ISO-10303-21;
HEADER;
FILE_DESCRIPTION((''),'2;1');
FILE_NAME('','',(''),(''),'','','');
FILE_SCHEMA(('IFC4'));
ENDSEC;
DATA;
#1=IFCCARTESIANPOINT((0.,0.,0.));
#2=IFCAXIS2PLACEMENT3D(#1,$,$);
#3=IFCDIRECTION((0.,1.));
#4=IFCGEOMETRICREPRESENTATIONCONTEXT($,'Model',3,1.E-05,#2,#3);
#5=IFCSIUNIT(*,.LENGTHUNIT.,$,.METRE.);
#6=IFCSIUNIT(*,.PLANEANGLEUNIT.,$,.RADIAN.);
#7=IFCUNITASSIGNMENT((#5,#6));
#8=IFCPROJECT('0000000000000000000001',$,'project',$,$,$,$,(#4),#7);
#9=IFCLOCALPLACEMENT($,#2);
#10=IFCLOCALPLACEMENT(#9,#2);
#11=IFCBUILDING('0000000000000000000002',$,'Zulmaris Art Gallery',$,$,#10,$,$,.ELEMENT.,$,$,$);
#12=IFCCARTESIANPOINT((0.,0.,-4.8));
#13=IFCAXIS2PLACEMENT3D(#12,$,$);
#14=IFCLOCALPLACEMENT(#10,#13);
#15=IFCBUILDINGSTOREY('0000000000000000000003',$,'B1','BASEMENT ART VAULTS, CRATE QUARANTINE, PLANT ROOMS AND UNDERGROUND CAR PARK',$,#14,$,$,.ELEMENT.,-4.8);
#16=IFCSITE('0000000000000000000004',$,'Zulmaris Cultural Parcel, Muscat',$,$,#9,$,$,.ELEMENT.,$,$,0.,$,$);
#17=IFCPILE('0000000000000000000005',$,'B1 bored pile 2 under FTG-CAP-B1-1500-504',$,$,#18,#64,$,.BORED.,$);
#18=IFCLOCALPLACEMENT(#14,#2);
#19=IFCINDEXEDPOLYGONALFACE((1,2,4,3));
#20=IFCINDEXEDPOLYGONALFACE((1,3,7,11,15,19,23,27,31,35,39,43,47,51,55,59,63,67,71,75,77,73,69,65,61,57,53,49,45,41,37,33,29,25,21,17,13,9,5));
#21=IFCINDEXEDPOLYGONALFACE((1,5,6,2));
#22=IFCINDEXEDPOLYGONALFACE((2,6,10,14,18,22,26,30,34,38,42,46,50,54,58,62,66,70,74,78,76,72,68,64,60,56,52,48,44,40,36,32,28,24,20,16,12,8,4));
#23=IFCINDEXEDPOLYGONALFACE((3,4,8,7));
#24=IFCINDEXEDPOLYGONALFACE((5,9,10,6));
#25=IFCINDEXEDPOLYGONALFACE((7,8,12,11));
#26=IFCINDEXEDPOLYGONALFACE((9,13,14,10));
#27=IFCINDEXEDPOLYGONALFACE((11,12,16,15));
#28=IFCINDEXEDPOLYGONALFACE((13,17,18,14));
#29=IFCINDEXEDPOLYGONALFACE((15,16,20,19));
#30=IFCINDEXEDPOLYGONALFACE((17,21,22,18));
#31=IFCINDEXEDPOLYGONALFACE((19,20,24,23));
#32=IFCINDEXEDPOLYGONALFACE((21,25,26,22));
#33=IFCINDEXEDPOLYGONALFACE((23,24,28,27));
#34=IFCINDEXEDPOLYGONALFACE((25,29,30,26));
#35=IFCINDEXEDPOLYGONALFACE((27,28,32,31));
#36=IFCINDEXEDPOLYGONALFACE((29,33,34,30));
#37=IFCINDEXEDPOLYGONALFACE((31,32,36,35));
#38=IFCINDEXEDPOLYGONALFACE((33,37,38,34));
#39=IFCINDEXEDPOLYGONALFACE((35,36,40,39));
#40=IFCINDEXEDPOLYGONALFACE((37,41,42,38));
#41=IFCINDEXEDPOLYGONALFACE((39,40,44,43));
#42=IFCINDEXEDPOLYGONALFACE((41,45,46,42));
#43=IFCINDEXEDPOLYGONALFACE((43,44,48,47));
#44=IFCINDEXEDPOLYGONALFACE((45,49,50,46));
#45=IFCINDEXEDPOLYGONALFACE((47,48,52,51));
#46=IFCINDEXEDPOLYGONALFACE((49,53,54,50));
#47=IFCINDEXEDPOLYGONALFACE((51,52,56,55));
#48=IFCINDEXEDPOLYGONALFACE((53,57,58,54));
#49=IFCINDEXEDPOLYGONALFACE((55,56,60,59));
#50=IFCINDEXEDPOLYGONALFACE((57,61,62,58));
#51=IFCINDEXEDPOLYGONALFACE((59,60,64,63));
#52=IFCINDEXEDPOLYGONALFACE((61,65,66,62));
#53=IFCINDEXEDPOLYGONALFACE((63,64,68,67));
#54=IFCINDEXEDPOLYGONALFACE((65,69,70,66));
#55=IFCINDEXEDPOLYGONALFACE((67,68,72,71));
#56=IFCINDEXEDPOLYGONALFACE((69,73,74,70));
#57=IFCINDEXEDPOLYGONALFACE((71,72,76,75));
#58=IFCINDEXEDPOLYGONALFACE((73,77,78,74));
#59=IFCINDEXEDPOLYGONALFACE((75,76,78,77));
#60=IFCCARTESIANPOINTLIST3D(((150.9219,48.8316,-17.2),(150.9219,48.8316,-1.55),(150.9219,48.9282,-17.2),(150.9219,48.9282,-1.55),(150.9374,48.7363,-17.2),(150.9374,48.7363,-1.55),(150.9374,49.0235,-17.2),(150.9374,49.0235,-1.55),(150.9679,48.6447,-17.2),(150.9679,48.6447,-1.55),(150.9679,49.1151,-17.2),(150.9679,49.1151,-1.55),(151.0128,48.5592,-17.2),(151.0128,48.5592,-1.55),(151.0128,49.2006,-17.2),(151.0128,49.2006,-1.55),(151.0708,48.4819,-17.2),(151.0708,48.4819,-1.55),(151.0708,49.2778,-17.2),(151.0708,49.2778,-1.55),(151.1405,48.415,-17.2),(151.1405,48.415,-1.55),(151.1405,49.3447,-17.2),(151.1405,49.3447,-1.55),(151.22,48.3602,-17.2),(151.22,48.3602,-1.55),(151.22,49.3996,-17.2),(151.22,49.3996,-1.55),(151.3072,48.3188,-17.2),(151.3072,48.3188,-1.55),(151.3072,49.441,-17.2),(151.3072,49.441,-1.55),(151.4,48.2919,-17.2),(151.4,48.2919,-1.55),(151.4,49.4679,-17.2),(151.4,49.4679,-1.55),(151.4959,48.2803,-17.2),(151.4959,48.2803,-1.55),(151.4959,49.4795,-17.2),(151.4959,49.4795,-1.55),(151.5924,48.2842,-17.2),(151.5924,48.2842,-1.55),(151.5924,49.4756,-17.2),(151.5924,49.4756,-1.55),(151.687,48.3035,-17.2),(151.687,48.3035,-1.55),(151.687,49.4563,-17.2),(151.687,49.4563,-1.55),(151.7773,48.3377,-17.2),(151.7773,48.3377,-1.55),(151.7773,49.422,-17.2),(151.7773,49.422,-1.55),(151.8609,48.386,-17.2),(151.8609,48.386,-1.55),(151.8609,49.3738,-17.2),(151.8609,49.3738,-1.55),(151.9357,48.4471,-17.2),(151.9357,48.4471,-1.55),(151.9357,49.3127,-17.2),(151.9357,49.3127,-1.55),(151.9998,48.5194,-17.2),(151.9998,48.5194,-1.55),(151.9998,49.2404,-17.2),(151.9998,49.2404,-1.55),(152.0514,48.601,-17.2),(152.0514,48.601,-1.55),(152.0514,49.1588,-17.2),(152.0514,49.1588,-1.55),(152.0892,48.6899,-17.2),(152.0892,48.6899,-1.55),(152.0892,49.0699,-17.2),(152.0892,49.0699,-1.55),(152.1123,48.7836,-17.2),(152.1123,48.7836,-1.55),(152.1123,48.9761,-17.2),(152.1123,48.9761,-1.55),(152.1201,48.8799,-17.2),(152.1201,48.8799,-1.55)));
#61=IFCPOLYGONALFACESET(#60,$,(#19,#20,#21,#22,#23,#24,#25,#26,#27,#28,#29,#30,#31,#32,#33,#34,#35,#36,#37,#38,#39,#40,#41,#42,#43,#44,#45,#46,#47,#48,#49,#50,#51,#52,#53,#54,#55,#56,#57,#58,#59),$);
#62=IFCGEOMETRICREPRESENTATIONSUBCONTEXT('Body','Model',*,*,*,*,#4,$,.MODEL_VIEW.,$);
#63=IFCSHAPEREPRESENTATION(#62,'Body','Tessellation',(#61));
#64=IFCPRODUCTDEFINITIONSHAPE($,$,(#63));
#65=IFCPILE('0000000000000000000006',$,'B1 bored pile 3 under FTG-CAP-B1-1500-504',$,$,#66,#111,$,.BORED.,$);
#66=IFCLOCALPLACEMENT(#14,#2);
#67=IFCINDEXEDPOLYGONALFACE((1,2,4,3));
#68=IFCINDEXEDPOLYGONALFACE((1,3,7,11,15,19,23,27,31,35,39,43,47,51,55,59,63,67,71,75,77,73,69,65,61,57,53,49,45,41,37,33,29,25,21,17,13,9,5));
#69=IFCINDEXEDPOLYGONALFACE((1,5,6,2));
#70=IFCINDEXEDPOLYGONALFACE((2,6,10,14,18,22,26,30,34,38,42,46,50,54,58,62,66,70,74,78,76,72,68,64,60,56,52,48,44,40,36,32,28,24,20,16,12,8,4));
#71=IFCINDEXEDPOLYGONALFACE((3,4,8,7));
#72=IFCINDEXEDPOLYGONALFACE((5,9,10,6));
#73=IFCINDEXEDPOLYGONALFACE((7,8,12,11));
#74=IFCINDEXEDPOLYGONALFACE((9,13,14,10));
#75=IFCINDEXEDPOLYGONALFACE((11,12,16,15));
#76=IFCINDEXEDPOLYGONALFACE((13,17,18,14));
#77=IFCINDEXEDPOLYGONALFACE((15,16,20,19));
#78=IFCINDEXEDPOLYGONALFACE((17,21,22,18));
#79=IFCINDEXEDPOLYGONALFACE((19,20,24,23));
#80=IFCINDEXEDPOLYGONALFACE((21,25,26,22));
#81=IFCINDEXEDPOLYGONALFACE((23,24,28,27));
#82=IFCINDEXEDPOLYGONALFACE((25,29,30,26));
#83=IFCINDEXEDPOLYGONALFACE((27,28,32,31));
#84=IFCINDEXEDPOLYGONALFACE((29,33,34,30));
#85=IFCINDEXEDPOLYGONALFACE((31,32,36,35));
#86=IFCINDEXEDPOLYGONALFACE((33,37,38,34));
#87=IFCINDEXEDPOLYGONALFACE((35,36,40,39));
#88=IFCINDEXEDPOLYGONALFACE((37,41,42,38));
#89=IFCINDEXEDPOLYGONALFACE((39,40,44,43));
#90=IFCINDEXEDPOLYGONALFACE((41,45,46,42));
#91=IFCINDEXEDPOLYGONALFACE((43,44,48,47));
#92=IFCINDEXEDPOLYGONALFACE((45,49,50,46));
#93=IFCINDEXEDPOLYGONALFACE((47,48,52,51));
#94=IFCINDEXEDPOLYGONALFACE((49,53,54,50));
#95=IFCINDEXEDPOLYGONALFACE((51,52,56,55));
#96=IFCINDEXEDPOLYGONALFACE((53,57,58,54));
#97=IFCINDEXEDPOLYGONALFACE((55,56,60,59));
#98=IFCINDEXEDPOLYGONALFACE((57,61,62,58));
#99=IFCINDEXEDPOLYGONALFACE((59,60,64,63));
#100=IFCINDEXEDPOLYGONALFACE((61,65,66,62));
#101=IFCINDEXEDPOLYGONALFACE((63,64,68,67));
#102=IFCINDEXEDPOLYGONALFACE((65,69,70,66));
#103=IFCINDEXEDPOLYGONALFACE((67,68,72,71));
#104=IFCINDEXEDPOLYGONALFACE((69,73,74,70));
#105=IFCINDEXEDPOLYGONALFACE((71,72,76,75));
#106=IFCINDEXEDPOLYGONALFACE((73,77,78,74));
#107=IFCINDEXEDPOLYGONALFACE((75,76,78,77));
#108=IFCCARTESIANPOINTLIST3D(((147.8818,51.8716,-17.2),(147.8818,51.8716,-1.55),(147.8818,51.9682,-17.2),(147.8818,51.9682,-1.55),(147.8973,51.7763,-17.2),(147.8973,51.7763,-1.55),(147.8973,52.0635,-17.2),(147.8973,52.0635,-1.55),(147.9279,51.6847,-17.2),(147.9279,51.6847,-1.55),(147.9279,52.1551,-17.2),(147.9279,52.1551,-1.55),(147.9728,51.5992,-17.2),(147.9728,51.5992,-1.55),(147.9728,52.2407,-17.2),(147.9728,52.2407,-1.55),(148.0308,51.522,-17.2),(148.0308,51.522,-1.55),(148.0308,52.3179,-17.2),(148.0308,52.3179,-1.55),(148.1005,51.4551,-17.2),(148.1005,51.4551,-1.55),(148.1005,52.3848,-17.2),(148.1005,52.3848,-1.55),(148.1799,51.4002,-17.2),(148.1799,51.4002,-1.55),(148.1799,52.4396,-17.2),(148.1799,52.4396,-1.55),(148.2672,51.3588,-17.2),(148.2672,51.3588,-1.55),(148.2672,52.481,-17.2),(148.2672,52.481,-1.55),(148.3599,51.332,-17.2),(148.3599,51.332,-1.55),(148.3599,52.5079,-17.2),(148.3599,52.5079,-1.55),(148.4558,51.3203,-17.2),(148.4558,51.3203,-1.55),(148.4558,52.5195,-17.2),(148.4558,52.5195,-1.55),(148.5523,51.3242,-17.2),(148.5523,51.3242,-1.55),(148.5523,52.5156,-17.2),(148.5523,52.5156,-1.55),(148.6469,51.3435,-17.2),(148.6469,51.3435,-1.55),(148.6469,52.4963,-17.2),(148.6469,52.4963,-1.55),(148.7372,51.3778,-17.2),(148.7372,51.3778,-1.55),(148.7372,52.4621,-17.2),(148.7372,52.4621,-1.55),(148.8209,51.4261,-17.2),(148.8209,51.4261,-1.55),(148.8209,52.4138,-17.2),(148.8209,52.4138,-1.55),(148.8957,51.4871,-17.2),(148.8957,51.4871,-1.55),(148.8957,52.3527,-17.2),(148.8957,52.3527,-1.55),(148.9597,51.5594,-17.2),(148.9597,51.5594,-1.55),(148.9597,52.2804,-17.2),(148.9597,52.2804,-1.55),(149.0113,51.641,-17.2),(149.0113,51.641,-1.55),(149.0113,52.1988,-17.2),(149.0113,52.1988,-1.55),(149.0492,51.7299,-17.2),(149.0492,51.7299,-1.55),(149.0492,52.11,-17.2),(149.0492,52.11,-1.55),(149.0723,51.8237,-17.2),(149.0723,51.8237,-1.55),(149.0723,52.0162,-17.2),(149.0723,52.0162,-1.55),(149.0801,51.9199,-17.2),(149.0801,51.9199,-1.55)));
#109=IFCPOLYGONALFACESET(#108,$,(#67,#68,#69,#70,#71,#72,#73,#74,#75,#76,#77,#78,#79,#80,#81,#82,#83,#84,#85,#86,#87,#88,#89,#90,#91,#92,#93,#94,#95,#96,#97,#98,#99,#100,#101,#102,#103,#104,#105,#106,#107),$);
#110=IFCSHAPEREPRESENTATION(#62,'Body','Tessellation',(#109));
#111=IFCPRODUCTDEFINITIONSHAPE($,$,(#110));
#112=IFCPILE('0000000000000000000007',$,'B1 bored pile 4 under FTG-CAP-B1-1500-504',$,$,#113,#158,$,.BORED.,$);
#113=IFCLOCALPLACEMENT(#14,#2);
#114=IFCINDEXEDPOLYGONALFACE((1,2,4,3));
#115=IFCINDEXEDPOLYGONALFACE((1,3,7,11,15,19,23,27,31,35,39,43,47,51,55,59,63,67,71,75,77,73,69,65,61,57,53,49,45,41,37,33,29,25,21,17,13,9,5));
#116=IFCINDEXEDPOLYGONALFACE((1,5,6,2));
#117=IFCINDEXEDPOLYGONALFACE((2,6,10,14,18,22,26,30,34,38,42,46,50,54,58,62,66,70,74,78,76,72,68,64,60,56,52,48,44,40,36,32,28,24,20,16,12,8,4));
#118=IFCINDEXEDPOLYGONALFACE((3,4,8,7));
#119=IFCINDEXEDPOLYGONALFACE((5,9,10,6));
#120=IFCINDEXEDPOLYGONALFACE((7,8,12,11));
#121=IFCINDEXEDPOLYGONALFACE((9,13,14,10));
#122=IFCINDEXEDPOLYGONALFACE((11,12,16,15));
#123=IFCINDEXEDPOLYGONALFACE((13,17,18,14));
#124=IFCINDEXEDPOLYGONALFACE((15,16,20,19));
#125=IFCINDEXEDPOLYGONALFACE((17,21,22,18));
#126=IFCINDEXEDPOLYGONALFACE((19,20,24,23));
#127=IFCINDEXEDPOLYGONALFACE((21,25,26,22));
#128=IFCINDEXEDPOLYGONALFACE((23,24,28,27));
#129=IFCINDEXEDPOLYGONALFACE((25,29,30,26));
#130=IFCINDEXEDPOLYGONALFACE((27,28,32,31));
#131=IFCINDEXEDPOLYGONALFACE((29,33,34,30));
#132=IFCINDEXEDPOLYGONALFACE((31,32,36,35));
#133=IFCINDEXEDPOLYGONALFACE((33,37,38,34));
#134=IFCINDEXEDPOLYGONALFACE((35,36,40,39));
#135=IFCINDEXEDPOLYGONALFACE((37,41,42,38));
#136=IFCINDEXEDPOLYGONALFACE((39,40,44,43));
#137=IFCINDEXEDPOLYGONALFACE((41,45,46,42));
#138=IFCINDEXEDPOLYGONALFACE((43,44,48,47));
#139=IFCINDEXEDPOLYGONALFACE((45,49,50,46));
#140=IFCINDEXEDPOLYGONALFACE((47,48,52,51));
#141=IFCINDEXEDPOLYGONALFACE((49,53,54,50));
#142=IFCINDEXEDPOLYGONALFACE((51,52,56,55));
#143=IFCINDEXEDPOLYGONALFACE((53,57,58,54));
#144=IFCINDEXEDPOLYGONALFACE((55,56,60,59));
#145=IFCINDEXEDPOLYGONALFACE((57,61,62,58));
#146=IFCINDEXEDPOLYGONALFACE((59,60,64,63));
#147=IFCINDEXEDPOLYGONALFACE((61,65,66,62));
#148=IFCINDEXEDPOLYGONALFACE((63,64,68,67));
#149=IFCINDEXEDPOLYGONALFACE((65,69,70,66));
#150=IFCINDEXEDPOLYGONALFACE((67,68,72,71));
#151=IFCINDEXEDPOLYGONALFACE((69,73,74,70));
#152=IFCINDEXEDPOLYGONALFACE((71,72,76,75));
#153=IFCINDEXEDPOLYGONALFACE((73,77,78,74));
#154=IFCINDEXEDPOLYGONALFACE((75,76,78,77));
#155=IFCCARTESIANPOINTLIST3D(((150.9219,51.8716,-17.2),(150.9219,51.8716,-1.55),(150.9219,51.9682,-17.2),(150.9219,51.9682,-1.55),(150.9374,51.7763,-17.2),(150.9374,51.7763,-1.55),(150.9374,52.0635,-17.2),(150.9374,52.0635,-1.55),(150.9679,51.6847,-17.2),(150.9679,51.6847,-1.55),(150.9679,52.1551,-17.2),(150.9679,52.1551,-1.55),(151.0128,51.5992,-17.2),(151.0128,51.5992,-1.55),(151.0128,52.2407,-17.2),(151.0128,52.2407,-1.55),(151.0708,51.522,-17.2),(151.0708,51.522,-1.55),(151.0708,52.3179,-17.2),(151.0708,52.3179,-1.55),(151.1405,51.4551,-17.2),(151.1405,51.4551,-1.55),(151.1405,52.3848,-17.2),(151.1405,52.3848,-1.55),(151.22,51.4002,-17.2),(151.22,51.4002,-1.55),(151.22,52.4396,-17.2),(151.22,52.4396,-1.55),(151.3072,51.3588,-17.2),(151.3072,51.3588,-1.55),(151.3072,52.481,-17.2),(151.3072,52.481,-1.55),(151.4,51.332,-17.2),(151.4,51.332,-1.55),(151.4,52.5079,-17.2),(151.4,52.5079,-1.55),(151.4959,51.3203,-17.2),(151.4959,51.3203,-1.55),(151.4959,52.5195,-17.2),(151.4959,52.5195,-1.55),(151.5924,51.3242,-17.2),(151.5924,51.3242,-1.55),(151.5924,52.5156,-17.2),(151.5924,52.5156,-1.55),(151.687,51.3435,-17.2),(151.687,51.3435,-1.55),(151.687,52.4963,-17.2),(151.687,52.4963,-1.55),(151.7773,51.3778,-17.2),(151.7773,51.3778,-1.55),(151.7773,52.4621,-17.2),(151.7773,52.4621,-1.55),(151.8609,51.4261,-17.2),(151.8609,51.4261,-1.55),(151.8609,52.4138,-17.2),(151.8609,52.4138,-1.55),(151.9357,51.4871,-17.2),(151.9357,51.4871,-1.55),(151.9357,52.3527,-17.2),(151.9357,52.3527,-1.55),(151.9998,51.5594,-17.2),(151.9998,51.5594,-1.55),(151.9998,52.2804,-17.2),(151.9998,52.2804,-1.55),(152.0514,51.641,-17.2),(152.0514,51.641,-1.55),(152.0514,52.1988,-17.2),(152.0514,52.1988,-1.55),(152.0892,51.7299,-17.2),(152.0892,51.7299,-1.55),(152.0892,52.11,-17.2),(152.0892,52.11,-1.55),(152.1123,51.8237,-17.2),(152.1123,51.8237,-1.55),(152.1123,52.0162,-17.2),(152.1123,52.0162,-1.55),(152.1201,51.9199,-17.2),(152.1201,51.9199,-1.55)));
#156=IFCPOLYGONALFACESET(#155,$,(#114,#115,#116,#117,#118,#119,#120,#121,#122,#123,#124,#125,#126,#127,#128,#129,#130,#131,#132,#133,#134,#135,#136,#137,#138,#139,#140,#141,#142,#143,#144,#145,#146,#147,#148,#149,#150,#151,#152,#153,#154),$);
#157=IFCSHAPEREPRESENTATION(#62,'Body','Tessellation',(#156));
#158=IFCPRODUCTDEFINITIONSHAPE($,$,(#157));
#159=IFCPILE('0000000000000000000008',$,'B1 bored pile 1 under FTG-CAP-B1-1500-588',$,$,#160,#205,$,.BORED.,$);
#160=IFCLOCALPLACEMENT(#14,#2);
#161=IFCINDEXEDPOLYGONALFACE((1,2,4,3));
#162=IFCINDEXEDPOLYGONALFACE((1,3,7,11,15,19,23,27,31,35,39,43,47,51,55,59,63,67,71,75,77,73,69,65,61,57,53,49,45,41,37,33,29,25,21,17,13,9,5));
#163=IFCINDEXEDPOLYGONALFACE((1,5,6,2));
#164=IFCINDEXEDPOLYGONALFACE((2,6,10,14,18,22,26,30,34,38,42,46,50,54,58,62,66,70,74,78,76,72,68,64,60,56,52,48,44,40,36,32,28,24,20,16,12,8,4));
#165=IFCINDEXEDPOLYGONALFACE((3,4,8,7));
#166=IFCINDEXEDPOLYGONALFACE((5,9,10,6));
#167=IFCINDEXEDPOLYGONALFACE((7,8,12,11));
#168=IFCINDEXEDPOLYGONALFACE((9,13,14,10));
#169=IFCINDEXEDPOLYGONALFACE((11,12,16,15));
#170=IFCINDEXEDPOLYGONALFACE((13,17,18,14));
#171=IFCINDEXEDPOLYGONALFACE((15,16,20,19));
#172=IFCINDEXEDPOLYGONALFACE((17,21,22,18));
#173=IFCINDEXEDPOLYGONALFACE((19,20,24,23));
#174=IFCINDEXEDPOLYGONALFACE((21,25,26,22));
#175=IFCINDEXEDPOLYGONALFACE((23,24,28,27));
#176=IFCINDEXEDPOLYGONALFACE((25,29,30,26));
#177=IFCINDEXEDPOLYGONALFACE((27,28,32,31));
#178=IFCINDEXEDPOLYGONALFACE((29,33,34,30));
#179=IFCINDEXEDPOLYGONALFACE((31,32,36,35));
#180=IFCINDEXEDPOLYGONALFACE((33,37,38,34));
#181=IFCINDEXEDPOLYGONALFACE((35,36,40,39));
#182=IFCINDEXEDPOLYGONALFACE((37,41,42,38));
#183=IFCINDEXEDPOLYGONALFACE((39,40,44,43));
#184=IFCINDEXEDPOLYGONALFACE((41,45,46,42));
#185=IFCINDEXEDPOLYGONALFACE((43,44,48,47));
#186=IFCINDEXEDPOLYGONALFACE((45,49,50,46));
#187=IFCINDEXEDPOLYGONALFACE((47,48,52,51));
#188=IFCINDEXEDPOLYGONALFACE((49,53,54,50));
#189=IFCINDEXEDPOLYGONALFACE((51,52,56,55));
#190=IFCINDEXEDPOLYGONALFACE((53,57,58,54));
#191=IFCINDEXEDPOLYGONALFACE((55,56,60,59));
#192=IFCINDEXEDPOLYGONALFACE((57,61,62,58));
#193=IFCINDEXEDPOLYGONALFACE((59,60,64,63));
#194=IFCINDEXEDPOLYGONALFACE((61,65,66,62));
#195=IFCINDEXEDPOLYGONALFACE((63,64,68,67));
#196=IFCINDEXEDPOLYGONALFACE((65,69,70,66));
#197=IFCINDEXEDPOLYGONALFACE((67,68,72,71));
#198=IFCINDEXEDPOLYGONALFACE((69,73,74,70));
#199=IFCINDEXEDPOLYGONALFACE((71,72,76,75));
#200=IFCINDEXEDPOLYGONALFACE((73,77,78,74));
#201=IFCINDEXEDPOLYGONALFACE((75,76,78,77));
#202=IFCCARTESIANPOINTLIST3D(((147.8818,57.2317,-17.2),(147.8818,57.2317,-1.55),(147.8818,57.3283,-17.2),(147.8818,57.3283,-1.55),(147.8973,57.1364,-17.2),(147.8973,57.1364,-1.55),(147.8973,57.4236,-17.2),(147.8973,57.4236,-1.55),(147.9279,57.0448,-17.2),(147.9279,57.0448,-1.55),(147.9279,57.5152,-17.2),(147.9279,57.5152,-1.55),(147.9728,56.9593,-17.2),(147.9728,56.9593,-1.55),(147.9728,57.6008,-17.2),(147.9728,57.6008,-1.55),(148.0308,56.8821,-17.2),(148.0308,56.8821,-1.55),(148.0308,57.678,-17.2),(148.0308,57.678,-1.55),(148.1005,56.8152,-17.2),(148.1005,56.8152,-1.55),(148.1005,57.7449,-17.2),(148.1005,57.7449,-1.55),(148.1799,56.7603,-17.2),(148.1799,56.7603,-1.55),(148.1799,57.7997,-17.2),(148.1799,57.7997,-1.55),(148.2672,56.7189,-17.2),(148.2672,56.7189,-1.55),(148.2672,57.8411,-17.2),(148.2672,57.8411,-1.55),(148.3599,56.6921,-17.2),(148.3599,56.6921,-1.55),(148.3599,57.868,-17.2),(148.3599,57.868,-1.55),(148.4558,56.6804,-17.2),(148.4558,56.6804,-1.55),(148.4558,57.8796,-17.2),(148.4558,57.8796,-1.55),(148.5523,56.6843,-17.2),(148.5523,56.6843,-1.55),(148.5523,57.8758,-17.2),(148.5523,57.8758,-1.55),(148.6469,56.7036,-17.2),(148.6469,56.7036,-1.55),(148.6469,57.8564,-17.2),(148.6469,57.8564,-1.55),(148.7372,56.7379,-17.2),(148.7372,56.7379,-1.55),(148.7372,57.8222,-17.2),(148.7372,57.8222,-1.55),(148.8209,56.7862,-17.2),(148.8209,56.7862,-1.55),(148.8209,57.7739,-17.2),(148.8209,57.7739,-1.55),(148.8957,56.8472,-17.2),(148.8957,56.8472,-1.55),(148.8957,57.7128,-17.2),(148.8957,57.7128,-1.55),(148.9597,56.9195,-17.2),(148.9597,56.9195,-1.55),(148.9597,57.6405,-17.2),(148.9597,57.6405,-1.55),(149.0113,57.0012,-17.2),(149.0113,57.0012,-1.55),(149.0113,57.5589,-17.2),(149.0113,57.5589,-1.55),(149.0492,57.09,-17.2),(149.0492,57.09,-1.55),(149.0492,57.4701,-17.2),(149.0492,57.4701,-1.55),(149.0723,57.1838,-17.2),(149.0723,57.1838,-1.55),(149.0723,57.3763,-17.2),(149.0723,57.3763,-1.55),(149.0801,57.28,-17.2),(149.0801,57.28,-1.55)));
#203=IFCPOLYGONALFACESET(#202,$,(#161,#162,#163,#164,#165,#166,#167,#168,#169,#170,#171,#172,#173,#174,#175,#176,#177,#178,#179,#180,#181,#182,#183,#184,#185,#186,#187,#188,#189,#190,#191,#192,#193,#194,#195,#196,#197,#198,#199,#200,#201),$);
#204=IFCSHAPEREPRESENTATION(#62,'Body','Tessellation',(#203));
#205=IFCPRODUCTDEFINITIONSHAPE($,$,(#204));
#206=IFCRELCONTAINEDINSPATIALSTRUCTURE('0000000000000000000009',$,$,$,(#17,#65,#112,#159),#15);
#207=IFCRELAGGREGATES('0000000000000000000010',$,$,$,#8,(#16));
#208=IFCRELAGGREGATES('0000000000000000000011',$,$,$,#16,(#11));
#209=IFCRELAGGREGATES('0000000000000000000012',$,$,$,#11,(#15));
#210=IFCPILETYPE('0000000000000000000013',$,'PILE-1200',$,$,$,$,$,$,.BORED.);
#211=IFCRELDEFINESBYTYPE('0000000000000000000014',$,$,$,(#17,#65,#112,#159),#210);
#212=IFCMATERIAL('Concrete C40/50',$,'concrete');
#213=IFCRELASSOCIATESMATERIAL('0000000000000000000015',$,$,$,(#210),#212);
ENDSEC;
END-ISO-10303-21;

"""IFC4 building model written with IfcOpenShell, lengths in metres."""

from ifc_helpers import new_model, si_unit, direction, frame, origin, origin_2d, place, context, subcontext, project, spatial, circle, extrude, material, material_profile, profile_set, type_object, element, save


model = new_model("IFC4")

# Units and contexts
model_context = context("Model", 3, precision=1e-05, world=origin(), true_north=direction((0.0, 1.0)))
body_context = subcontext(model_context, "Body", "Model", "MODEL_VIEW")
ifc_project = project(units=[si_unit("LENGTHUNIT", "METRE"), si_unit("PLANEANGLEUNIT", "RADIAN")], contexts=[model_context])

# Site, building, storey
site_placement = place(None, origin())
site = spatial("IfcSite", under=ifc_project, at=site_placement, Name="Zulmaris Cultural Parcel, Muscat", CompositionType="ELEMENT", RefElevation=0.0)
building_placement = place(site_placement, origin())
building = spatial("IfcBuilding", under=site, at=building_placement, Name="Zulmaris Art Gallery", CompositionType="ELEMENT")
storey_placement = place(building_placement, frame((0.0, 0.0, -4.8)))
storey = spatial("IfcBuildingStorey", under=building, at=storey_placement, Name="B1", Description="BASEMENT ART VAULTS, CRATE QUARANTINE, PLANT ROOMS AND UNDERGROUND CAR PARK", CompositionType="ELEMENT", Elevation=-4.8)

# Piles
ifc_material_1 = material(Name="Concrete C40/50", Category="concrete")
ifc_material_profile_1 = material_profile(ifc_material_1, circle(Radius=0.6001, at=origin_2d()), Name="PILE DIA 1200")
ifc_profile_set_1 = profile_set([ifc_material_profile_1], Name="Concrete C40/50")
pile_type = type_object("IfcPileType", Name="PILE-1200", PredefinedType="BORED", material=ifc_profile_set_1)
for number, where, z_axis, x_axis, name in (
    (1, (151.52, 48.8799, -1.55), (0.0, 0.0, -1.0), (1.0, 0.0, 0.0), "B1 bored pile 2 under FTG-CAP-B1-1500-504"),
    (2, (148.48, 51.9199, -1.55), (0.0, 0.0, -1.0), (1.0, 0.0, 0.0), "B1 bored pile 3 under FTG-CAP-B1-1500-504"),
    (3, (151.52, 51.9199, -1.55), (0.0, 0.0, -1.0), (1.0, 0.0, 0.0), "B1 bored pile 4 under FTG-CAP-B1-1500-504"),
    (4, (148.48, 57.28, -1.55), (0.0, 0.0, -1.0), (1.0, 0.0, 0.0), "B1 bored pile 1 under FTG-CAP-B1-1500-588"),
):
    element("IfcPile", number, at=place(storey_placement, frame(where, z_axis=z_axis, x_axis=x_axis)), inside=storey, type_object=pile_type, Name=name, PredefinedType="BORED", context=body_context, shape_type="SweptSolid", body=[
        extrude(circle(Radius=0.6001, at=origin_2d()), origin(), (0.0, 0.0, 1.0), 15.6499),
    ])

save(model, "model.ifc")
